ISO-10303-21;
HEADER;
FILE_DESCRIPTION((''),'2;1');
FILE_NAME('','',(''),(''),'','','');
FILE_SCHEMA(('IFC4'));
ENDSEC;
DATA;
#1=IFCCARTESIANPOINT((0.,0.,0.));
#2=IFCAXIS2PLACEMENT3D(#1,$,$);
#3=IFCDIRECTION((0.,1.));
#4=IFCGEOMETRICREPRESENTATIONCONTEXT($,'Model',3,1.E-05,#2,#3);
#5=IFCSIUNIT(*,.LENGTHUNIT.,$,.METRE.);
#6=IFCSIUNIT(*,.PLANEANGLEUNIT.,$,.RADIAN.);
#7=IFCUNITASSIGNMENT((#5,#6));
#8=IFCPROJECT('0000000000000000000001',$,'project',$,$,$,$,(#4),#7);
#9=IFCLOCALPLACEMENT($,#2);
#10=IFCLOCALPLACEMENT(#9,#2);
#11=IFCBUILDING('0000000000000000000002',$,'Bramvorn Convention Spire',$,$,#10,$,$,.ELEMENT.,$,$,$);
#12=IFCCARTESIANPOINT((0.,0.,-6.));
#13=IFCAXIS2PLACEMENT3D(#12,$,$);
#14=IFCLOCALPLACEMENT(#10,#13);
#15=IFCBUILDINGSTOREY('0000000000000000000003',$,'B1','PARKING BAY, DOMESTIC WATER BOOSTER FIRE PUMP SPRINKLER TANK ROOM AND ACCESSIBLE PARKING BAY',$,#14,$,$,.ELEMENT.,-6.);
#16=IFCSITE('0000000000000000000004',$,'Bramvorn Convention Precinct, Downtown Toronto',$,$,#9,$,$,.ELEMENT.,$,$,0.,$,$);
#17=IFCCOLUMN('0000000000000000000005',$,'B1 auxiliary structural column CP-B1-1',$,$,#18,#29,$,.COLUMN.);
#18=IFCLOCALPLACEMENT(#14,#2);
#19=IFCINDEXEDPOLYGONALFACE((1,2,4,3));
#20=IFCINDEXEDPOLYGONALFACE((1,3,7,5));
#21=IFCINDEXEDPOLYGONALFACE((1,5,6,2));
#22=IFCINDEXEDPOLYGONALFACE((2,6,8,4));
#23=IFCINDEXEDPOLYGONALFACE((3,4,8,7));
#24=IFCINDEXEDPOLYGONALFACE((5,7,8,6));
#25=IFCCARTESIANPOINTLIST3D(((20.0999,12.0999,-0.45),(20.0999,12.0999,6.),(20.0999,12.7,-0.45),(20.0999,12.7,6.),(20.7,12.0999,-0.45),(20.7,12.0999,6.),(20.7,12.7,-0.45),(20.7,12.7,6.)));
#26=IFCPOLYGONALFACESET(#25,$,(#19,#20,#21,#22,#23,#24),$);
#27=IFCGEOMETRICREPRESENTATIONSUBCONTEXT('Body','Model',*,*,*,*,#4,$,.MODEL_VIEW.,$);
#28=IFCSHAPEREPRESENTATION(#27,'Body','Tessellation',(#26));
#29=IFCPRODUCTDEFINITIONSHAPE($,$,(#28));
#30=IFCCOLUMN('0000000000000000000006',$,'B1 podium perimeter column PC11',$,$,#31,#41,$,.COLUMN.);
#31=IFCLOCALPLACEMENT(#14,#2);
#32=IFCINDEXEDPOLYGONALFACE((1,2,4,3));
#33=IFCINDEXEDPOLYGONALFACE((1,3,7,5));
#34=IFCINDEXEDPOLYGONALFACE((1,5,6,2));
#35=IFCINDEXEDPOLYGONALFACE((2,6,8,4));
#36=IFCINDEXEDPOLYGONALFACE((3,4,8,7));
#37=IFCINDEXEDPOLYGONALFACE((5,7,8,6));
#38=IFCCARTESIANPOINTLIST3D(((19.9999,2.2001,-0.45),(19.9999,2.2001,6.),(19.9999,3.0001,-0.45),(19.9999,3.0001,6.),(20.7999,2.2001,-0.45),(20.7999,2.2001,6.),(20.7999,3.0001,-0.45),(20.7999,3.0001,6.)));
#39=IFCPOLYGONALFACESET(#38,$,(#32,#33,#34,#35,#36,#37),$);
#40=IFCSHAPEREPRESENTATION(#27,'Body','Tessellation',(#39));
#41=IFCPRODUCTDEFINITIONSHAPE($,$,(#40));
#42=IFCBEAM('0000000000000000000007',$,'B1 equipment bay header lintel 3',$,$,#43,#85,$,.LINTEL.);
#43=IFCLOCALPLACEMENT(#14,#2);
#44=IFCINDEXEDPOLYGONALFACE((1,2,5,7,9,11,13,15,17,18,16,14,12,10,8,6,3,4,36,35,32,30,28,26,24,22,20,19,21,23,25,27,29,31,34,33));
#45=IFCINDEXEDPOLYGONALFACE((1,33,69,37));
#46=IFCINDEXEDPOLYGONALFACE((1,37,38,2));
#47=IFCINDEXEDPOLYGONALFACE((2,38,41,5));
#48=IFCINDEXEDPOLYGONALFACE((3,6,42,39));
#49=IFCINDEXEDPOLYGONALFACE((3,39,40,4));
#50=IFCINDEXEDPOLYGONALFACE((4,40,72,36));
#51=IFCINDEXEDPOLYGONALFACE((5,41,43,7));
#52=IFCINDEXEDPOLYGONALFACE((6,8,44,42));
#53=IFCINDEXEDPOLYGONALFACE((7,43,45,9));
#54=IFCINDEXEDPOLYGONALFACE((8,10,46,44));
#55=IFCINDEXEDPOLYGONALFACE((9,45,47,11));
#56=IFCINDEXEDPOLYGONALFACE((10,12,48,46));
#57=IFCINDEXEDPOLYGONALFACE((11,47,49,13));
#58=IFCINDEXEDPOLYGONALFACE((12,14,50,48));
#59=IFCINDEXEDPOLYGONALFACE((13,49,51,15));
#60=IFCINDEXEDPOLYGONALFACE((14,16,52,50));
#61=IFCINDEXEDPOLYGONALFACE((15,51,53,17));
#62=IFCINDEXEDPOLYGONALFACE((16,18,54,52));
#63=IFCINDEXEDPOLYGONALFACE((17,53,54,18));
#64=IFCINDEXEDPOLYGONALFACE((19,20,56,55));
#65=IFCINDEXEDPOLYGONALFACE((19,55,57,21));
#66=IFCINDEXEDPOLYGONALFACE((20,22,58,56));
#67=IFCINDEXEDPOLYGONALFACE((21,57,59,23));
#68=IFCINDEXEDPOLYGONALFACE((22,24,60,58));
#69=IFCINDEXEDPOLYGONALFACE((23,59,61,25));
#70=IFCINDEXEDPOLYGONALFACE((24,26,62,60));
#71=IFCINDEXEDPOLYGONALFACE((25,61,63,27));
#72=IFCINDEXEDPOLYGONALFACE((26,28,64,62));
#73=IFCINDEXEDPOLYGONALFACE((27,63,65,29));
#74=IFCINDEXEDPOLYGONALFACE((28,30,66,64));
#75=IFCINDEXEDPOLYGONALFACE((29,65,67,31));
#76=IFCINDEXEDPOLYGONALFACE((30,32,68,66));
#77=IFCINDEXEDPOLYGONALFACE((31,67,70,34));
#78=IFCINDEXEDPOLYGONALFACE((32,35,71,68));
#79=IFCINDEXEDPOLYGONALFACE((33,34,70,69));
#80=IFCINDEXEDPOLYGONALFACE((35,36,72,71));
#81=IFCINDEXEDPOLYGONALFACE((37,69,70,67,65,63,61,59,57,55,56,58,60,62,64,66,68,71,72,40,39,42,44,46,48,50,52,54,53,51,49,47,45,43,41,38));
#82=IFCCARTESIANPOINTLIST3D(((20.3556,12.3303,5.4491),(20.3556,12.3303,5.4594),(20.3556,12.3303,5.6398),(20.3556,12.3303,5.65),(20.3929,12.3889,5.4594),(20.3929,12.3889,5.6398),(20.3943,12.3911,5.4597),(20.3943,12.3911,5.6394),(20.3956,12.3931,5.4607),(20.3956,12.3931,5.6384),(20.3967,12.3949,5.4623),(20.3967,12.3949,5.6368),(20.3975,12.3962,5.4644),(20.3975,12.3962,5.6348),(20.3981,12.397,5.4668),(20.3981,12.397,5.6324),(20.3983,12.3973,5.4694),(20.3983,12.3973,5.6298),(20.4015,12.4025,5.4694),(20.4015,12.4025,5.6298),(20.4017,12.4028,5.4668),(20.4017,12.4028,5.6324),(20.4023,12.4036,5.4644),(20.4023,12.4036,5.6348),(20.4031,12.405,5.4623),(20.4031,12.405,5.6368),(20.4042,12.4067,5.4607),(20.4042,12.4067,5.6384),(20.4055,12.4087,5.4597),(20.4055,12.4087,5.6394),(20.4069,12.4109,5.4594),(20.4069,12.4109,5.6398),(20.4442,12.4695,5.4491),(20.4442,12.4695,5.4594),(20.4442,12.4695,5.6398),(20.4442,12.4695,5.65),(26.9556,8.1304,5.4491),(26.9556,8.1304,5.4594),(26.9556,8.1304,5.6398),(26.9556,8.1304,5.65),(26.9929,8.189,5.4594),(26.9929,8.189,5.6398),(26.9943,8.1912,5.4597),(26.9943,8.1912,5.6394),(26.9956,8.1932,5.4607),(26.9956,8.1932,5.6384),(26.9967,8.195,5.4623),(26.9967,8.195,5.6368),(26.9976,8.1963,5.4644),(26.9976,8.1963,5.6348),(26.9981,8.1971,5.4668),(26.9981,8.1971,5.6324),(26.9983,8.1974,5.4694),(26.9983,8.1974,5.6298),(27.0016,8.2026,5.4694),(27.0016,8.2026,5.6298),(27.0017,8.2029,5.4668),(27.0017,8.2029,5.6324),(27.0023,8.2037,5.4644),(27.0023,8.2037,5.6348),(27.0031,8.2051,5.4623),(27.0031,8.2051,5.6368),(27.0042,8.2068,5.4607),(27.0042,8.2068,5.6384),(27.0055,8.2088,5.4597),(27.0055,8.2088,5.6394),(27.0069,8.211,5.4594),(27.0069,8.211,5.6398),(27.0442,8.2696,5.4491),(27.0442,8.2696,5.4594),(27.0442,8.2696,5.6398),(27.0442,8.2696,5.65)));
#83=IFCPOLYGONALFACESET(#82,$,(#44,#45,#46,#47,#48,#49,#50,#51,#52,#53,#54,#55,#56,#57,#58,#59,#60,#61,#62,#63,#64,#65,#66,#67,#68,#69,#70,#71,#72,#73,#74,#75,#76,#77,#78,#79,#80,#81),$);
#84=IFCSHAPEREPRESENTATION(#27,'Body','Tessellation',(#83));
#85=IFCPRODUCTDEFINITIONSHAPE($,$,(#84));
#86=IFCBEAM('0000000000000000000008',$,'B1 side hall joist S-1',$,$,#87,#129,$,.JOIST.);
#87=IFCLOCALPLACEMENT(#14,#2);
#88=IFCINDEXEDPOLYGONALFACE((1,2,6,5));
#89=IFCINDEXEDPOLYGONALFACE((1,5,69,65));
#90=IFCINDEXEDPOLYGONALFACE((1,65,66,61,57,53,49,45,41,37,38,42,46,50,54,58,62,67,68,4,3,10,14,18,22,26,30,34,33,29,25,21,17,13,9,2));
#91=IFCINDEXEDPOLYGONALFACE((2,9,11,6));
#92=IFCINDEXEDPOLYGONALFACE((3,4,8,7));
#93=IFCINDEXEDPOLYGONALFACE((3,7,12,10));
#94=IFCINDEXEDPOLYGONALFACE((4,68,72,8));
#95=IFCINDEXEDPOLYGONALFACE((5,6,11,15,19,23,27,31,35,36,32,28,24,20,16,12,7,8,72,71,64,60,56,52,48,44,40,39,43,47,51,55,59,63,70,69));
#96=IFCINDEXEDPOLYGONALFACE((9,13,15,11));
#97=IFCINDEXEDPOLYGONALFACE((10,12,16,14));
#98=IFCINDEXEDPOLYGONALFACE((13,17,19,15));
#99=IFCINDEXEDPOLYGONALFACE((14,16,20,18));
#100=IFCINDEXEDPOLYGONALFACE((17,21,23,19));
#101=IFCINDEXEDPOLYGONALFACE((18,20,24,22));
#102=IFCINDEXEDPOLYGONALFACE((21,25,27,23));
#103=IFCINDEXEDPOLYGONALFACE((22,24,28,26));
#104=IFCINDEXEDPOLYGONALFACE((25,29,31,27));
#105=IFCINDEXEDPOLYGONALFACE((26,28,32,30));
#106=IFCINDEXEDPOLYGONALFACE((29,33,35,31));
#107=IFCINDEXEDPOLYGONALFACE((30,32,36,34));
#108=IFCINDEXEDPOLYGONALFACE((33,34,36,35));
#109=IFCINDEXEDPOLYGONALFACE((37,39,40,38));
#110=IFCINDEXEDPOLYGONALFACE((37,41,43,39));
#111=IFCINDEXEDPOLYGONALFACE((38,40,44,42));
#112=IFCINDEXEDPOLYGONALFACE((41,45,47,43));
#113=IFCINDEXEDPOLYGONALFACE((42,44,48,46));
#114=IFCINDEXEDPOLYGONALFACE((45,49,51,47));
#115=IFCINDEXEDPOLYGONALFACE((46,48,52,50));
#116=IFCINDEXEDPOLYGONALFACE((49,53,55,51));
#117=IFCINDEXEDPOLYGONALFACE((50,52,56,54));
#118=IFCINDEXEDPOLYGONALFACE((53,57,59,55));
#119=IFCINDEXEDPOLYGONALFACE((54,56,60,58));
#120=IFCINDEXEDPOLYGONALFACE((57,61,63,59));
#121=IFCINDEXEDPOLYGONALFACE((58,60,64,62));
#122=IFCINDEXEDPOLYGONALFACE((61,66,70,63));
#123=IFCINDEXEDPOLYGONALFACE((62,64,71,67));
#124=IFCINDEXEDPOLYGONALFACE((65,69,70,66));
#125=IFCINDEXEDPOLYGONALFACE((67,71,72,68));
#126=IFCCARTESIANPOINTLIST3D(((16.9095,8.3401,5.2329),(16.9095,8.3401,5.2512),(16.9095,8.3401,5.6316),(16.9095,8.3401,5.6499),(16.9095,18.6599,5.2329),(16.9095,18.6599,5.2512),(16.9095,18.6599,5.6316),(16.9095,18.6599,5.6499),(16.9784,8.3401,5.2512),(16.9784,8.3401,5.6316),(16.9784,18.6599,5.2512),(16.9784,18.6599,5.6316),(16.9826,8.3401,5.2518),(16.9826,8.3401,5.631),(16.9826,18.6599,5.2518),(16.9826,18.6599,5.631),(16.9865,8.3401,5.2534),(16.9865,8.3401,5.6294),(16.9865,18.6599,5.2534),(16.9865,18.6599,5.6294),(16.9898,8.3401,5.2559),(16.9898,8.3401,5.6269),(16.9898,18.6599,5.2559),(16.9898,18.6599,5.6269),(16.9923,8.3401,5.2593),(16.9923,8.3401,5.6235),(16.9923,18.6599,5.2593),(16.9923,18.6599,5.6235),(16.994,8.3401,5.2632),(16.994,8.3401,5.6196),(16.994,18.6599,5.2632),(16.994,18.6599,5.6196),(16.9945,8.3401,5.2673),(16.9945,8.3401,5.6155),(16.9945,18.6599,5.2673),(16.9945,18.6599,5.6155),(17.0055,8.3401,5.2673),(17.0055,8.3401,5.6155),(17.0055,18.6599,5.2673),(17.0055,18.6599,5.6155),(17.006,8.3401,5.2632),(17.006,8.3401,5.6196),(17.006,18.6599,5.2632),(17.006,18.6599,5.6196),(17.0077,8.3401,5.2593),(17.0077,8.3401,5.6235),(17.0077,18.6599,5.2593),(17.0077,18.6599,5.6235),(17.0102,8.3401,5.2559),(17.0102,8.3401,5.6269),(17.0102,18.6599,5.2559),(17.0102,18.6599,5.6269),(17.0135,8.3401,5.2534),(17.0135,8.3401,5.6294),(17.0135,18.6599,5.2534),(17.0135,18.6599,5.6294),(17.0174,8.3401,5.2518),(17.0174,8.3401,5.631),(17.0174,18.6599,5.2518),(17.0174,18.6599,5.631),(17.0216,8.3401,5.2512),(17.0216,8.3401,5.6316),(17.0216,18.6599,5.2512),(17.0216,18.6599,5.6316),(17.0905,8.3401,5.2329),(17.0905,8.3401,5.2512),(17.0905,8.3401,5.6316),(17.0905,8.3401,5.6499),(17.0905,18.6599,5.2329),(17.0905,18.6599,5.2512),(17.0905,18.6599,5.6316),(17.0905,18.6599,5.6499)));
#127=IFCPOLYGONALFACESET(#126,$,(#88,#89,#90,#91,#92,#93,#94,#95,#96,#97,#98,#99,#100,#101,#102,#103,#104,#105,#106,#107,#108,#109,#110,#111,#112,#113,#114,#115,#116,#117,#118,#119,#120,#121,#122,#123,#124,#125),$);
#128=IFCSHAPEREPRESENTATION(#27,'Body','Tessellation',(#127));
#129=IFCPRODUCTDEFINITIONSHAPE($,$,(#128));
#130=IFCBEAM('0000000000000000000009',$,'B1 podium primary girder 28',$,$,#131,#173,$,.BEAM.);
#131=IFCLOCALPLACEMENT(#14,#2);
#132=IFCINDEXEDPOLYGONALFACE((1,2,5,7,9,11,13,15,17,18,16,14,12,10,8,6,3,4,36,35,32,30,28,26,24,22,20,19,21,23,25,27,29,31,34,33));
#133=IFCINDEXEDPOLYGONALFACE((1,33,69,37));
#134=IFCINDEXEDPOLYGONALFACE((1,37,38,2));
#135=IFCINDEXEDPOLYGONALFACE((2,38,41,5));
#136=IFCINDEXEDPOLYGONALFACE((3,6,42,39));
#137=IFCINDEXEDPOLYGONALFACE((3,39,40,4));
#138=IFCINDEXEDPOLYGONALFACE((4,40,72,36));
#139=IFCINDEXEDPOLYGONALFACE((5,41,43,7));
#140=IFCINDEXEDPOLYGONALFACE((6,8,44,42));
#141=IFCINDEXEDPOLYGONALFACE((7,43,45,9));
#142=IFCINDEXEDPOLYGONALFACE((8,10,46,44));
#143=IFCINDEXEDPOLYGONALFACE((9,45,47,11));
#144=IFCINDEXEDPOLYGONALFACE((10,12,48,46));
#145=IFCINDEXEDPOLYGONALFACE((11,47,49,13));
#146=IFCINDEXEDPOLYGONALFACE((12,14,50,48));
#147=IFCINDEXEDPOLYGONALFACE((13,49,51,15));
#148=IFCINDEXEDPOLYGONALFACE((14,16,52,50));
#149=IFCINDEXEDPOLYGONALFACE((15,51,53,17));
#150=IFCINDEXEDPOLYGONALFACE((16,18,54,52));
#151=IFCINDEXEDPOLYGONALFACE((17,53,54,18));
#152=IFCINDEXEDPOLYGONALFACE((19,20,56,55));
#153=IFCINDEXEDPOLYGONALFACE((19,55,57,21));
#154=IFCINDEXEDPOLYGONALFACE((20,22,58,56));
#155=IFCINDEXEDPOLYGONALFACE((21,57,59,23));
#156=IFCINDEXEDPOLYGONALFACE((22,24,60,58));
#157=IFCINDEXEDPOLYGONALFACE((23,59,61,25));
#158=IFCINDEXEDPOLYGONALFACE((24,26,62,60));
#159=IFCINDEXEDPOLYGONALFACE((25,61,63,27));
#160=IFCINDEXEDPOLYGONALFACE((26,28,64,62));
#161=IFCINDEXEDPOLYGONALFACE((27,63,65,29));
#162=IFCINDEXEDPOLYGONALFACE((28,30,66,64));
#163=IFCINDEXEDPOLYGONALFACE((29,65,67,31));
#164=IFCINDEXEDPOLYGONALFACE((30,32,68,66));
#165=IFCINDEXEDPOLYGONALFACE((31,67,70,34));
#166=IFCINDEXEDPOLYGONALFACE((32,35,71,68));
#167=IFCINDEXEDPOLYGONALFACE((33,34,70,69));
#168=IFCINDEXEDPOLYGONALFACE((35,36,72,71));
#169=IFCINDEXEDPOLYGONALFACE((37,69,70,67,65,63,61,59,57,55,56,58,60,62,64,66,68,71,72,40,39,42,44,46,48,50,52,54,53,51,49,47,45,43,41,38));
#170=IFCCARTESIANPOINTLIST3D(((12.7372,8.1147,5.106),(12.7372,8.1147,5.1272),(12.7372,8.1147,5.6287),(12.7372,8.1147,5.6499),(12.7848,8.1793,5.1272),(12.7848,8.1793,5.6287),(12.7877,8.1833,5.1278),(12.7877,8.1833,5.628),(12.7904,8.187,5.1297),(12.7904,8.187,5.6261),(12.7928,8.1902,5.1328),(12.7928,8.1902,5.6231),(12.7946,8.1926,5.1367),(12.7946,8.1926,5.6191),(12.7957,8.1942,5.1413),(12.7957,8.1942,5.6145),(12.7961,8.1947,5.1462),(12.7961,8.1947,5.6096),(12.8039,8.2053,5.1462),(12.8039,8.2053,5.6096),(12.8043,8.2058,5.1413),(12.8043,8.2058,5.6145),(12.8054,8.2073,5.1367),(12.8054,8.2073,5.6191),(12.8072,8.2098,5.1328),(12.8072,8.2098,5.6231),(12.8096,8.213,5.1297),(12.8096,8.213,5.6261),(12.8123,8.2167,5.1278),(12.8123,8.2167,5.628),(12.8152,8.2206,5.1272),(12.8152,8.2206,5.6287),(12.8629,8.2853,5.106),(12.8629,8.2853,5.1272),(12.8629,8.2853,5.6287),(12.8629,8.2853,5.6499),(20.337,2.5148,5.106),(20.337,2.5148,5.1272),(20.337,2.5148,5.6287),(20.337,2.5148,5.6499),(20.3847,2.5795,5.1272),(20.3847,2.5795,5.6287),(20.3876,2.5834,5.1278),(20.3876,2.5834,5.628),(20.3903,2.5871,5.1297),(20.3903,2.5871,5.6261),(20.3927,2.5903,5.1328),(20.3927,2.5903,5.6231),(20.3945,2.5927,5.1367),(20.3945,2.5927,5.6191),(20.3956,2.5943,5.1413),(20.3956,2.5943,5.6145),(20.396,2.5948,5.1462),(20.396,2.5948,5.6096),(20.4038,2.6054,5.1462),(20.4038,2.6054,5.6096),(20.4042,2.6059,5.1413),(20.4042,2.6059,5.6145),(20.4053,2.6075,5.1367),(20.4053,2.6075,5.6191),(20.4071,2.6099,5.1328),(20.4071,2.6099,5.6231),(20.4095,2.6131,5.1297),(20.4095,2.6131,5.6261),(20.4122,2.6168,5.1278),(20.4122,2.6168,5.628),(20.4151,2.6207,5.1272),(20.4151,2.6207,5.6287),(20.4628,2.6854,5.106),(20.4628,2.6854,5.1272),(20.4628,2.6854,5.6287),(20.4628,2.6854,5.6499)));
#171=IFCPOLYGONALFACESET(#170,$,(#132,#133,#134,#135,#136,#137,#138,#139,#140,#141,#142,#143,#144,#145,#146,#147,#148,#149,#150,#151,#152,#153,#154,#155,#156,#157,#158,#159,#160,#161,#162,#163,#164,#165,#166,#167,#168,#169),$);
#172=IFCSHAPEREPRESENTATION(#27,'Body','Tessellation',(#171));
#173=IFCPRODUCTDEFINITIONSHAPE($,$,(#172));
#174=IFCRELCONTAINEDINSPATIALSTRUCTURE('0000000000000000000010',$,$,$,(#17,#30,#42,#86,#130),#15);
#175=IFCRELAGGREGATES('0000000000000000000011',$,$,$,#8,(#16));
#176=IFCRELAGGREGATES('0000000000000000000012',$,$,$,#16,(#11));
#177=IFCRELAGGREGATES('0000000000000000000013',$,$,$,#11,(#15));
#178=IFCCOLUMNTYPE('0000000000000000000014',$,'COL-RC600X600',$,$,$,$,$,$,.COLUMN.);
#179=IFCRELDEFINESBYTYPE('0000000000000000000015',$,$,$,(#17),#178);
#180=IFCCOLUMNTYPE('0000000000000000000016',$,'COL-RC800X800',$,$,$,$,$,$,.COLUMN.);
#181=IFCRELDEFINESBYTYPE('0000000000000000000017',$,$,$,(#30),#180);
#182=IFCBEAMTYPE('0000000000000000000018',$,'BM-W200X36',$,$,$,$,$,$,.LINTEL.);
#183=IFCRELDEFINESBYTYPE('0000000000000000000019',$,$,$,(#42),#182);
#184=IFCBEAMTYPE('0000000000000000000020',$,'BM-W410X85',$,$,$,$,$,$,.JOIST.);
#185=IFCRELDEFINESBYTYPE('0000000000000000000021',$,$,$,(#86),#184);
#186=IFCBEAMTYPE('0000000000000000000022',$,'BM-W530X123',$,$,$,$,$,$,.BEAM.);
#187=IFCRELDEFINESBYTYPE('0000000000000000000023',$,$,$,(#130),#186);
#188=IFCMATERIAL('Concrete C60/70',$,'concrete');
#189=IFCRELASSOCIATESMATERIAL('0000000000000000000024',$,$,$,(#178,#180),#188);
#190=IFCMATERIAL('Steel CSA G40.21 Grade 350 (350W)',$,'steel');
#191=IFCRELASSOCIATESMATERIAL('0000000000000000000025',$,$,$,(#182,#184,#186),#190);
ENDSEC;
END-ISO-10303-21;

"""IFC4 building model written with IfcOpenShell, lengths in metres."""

from ifc_helpers import new_model, si_unit, direction, frame, origin, origin_2d, place, context, subcontext, project, spatial, rectangle, i_section, extrude, material, material_profile, profile_set, type_object, element, save


model = new_model("IFC4")

# Units and contexts
model_context = context("Model", 3, precision=1e-05, world=origin(), true_north=direction((0.0, 1.0)))
body_context = subcontext(model_context, "Body", "Model", "MODEL_VIEW")
ifc_project = project(units=[si_unit("LENGTHUNIT", "METRE"), si_unit("PLANEANGLEUNIT", "RADIAN")], contexts=[model_context])

# Site, building, storey
site_placement = place(None, origin())
site = spatial("IfcSite", under=ifc_project, at=site_placement, Name="Bramvorn Convention Precinct, Downtown Toronto", CompositionType="ELEMENT", RefElevation=0.0)
building_placement = place(site_placement, origin())
building = spatial("IfcBuilding", under=site, at=building_placement, Name="Bramvorn Convention Spire", CompositionType="ELEMENT")
storey_placement = place(building_placement, frame((0.0, 0.0, -6.0)))
storey = spatial("IfcBuildingStorey", under=building, at=storey_placement, Name="B1", Description="PARKING BAY, DOMESTIC WATER BOOSTER FIRE PUMP SPRINKLER TANK ROOM AND ACCESSIBLE PARKING BAY", CompositionType="ELEMENT", Elevation=-6.0)

# Shared definitions
ifc_material_1 = material(Name="Concrete C60/70", Category="concrete")

# Columns
ifc_material_2 = material(Name="Steel CSA G40.21 Grade 350 (350W)", Category="steel")
ifc_material_profile_1 = material_profile(ifc_material_1, rectangle(XDim=0.6001, YDim=0.6001, at=origin_2d()))
ifc_profile_set_1 = profile_set([ifc_material_profile_1], Name="Concrete C60/70 - RC600X600")
column_type_1 = type_object("IfcColumnType", Name="COL-RC600X600", PredefinedType="COLUMN", material=ifc_profile_set_1)
column_1_placement = place(storey_placement, frame((20.3999, 12.3999, -0.45), z_axis=(0.0, 0.0, 1.0), x_axis=(1.0, 0.0, 0.0)))
element("IfcColumn", 1, at=column_1_placement, inside=storey, type_object=column_type_1, Name="B1 auxiliary structural column CP-B1-1", PredefinedType="COLUMN", context=body_context, shape_type="SweptSolid", body=[
    extrude(rectangle(XDim=0.6001, YDim=0.6001, at=origin_2d()), origin(), (0.0, 0.0, 1.0), 6.45),
])
ifc_material_profile_2 = material_profile(ifc_material_1, rectangle(XDim=0.8, YDim=0.8, at=origin_2d()))
ifc_profile_set_2 = profile_set([ifc_material_profile_2], Name="Concrete C60/70 - RC800X800")
column_type_2 = type_object("IfcColumnType", Name="COL-RC800X800", PredefinedType="COLUMN", material=ifc_profile_set_2)
column_2_placement = place(storey_placement, frame((20.3999, 2.6001, -0.45), z_axis=(0.0, 0.0, 1.0), x_axis=(1.0, 0.0, 0.0)))
element("IfcColumn", 2, at=column_2_placement, inside=storey, type_object=column_type_2, Name="B1 podium perimeter column PC11", PredefinedType="COLUMN", context=body_context, shape_type="SweptSolid", body=[
    extrude(rectangle(XDim=0.8, YDim=0.8, at=origin_2d()), origin(), (0.0, 0.0, 1.0), 6.45),
])

# Beams
ifc_material_profile_3 = material_profile(ifc_material_2, i_section(OverallWidth=0.165, OverallDepth=0.2009, WebThickness=0.0061, FlangeThickness=0.0103, FilletRadius=0.01, at=origin_2d()))
ifc_profile_set_3 = profile_set([ifc_material_profile_3], Name="Steel CSA G40.21 Grade 350 (350W) - W200X36")
beam_type_1 = type_object("IfcBeamType", Name="BM-W200X36", PredefinedType="LINTEL", material=ifc_profile_set_3)
beam_1_placement = place(storey_placement, frame((20.3999, 12.3999, 5.5496), z_axis=(0.843668, -0.536865, 0.0), x_axis=(0.536865, 0.843668, 0.0)))
element("IfcBeam", 3, at=beam_1_placement, inside=storey, type_object=beam_type_1, Name="B1 equipment bay header lintel 3", PredefinedType="LINTEL", context=body_context, shape_type="SweptSolid", body=[
    extrude(i_section(OverallWidth=0.165, OverallDepth=0.2009, WebThickness=0.0061, FlangeThickness=0.0103, FilletRadius=0.01, at=origin_2d()), origin(), (0.0, 0.0, 1.0), 7.823),
])
ifc_material_profile_4 = material_profile(ifc_material_2, i_section(OverallWidth=0.1809, OverallDepth=0.417, WebThickness=0.011, FlangeThickness=0.0183, FilletRadius=0.0161, at=origin_2d()))
ifc_profile_set_4 = profile_set([ifc_material_profile_4], Name="Steel CSA G40.21 Grade 350 (350W) - W410X85")
beam_type_2 = type_object("IfcBeamType", Name="BM-W410X85", PredefinedType="JOIST", material=ifc_profile_set_4)
beam_2_placement = place(storey_placement, frame((17.0, 8.3401, 5.4414), z_axis=(0.0, 1.0, 0.0), x_axis=(-1.0, 0.0, 0.0)))
element("IfcBeam", 4, at=beam_2_placement, inside=storey, type_object=beam_type_2, Name="B1 side hall joist S-1", PredefinedType="JOIST", context=body_context, shape_type="SweptSolid", body=[
    extrude(i_section(OverallWidth=0.1809, OverallDepth=0.417, WebThickness=0.011, FlangeThickness=0.0183, FilletRadius=0.0161, at=origin_2d()), origin(), (0.0, 0.0, 1.0), 10.3198),
])
ifc_material_profile_5 = material_profile(ifc_material_2, i_section(OverallWidth=0.2119, OverallDepth=0.5439, WebThickness=0.0132, FlangeThickness=0.0212, FilletRadius=0.019, at=origin_2d()))
ifc_profile_set_5 = profile_set([ifc_material_profile_5], Name="Steel CSA G40.21 Grade 350 (350W) - W530X123")
beam_type_3 = type_object("IfcBeamType", Name="BM-W530X123", PredefinedType="BEAM", material=ifc_profile_set_5)
beam_3_placement = place(storey_placement, frame((20.3999, 2.6001, 5.3779), z_axis=(-0.805058, 0.593196, 0.0), x_axis=(-0.593196, -0.805058, 0.0)))
element("IfcBeam", 5, at=beam_3_placement, inside=storey, type_object=beam_type_3, Name="B1 podium primary girder 28", PredefinedType="BEAM", context=body_context, shape_type="SweptSolid", body=[
    extrude(i_section(OverallWidth=0.2119, OverallDepth=0.5439, WebThickness=0.0132, FlangeThickness=0.0212, FilletRadius=0.019, at=origin_2d()), origin(), (0.0, 0.0, 1.0), 9.4402),
])

save(model, "model.ifc")
